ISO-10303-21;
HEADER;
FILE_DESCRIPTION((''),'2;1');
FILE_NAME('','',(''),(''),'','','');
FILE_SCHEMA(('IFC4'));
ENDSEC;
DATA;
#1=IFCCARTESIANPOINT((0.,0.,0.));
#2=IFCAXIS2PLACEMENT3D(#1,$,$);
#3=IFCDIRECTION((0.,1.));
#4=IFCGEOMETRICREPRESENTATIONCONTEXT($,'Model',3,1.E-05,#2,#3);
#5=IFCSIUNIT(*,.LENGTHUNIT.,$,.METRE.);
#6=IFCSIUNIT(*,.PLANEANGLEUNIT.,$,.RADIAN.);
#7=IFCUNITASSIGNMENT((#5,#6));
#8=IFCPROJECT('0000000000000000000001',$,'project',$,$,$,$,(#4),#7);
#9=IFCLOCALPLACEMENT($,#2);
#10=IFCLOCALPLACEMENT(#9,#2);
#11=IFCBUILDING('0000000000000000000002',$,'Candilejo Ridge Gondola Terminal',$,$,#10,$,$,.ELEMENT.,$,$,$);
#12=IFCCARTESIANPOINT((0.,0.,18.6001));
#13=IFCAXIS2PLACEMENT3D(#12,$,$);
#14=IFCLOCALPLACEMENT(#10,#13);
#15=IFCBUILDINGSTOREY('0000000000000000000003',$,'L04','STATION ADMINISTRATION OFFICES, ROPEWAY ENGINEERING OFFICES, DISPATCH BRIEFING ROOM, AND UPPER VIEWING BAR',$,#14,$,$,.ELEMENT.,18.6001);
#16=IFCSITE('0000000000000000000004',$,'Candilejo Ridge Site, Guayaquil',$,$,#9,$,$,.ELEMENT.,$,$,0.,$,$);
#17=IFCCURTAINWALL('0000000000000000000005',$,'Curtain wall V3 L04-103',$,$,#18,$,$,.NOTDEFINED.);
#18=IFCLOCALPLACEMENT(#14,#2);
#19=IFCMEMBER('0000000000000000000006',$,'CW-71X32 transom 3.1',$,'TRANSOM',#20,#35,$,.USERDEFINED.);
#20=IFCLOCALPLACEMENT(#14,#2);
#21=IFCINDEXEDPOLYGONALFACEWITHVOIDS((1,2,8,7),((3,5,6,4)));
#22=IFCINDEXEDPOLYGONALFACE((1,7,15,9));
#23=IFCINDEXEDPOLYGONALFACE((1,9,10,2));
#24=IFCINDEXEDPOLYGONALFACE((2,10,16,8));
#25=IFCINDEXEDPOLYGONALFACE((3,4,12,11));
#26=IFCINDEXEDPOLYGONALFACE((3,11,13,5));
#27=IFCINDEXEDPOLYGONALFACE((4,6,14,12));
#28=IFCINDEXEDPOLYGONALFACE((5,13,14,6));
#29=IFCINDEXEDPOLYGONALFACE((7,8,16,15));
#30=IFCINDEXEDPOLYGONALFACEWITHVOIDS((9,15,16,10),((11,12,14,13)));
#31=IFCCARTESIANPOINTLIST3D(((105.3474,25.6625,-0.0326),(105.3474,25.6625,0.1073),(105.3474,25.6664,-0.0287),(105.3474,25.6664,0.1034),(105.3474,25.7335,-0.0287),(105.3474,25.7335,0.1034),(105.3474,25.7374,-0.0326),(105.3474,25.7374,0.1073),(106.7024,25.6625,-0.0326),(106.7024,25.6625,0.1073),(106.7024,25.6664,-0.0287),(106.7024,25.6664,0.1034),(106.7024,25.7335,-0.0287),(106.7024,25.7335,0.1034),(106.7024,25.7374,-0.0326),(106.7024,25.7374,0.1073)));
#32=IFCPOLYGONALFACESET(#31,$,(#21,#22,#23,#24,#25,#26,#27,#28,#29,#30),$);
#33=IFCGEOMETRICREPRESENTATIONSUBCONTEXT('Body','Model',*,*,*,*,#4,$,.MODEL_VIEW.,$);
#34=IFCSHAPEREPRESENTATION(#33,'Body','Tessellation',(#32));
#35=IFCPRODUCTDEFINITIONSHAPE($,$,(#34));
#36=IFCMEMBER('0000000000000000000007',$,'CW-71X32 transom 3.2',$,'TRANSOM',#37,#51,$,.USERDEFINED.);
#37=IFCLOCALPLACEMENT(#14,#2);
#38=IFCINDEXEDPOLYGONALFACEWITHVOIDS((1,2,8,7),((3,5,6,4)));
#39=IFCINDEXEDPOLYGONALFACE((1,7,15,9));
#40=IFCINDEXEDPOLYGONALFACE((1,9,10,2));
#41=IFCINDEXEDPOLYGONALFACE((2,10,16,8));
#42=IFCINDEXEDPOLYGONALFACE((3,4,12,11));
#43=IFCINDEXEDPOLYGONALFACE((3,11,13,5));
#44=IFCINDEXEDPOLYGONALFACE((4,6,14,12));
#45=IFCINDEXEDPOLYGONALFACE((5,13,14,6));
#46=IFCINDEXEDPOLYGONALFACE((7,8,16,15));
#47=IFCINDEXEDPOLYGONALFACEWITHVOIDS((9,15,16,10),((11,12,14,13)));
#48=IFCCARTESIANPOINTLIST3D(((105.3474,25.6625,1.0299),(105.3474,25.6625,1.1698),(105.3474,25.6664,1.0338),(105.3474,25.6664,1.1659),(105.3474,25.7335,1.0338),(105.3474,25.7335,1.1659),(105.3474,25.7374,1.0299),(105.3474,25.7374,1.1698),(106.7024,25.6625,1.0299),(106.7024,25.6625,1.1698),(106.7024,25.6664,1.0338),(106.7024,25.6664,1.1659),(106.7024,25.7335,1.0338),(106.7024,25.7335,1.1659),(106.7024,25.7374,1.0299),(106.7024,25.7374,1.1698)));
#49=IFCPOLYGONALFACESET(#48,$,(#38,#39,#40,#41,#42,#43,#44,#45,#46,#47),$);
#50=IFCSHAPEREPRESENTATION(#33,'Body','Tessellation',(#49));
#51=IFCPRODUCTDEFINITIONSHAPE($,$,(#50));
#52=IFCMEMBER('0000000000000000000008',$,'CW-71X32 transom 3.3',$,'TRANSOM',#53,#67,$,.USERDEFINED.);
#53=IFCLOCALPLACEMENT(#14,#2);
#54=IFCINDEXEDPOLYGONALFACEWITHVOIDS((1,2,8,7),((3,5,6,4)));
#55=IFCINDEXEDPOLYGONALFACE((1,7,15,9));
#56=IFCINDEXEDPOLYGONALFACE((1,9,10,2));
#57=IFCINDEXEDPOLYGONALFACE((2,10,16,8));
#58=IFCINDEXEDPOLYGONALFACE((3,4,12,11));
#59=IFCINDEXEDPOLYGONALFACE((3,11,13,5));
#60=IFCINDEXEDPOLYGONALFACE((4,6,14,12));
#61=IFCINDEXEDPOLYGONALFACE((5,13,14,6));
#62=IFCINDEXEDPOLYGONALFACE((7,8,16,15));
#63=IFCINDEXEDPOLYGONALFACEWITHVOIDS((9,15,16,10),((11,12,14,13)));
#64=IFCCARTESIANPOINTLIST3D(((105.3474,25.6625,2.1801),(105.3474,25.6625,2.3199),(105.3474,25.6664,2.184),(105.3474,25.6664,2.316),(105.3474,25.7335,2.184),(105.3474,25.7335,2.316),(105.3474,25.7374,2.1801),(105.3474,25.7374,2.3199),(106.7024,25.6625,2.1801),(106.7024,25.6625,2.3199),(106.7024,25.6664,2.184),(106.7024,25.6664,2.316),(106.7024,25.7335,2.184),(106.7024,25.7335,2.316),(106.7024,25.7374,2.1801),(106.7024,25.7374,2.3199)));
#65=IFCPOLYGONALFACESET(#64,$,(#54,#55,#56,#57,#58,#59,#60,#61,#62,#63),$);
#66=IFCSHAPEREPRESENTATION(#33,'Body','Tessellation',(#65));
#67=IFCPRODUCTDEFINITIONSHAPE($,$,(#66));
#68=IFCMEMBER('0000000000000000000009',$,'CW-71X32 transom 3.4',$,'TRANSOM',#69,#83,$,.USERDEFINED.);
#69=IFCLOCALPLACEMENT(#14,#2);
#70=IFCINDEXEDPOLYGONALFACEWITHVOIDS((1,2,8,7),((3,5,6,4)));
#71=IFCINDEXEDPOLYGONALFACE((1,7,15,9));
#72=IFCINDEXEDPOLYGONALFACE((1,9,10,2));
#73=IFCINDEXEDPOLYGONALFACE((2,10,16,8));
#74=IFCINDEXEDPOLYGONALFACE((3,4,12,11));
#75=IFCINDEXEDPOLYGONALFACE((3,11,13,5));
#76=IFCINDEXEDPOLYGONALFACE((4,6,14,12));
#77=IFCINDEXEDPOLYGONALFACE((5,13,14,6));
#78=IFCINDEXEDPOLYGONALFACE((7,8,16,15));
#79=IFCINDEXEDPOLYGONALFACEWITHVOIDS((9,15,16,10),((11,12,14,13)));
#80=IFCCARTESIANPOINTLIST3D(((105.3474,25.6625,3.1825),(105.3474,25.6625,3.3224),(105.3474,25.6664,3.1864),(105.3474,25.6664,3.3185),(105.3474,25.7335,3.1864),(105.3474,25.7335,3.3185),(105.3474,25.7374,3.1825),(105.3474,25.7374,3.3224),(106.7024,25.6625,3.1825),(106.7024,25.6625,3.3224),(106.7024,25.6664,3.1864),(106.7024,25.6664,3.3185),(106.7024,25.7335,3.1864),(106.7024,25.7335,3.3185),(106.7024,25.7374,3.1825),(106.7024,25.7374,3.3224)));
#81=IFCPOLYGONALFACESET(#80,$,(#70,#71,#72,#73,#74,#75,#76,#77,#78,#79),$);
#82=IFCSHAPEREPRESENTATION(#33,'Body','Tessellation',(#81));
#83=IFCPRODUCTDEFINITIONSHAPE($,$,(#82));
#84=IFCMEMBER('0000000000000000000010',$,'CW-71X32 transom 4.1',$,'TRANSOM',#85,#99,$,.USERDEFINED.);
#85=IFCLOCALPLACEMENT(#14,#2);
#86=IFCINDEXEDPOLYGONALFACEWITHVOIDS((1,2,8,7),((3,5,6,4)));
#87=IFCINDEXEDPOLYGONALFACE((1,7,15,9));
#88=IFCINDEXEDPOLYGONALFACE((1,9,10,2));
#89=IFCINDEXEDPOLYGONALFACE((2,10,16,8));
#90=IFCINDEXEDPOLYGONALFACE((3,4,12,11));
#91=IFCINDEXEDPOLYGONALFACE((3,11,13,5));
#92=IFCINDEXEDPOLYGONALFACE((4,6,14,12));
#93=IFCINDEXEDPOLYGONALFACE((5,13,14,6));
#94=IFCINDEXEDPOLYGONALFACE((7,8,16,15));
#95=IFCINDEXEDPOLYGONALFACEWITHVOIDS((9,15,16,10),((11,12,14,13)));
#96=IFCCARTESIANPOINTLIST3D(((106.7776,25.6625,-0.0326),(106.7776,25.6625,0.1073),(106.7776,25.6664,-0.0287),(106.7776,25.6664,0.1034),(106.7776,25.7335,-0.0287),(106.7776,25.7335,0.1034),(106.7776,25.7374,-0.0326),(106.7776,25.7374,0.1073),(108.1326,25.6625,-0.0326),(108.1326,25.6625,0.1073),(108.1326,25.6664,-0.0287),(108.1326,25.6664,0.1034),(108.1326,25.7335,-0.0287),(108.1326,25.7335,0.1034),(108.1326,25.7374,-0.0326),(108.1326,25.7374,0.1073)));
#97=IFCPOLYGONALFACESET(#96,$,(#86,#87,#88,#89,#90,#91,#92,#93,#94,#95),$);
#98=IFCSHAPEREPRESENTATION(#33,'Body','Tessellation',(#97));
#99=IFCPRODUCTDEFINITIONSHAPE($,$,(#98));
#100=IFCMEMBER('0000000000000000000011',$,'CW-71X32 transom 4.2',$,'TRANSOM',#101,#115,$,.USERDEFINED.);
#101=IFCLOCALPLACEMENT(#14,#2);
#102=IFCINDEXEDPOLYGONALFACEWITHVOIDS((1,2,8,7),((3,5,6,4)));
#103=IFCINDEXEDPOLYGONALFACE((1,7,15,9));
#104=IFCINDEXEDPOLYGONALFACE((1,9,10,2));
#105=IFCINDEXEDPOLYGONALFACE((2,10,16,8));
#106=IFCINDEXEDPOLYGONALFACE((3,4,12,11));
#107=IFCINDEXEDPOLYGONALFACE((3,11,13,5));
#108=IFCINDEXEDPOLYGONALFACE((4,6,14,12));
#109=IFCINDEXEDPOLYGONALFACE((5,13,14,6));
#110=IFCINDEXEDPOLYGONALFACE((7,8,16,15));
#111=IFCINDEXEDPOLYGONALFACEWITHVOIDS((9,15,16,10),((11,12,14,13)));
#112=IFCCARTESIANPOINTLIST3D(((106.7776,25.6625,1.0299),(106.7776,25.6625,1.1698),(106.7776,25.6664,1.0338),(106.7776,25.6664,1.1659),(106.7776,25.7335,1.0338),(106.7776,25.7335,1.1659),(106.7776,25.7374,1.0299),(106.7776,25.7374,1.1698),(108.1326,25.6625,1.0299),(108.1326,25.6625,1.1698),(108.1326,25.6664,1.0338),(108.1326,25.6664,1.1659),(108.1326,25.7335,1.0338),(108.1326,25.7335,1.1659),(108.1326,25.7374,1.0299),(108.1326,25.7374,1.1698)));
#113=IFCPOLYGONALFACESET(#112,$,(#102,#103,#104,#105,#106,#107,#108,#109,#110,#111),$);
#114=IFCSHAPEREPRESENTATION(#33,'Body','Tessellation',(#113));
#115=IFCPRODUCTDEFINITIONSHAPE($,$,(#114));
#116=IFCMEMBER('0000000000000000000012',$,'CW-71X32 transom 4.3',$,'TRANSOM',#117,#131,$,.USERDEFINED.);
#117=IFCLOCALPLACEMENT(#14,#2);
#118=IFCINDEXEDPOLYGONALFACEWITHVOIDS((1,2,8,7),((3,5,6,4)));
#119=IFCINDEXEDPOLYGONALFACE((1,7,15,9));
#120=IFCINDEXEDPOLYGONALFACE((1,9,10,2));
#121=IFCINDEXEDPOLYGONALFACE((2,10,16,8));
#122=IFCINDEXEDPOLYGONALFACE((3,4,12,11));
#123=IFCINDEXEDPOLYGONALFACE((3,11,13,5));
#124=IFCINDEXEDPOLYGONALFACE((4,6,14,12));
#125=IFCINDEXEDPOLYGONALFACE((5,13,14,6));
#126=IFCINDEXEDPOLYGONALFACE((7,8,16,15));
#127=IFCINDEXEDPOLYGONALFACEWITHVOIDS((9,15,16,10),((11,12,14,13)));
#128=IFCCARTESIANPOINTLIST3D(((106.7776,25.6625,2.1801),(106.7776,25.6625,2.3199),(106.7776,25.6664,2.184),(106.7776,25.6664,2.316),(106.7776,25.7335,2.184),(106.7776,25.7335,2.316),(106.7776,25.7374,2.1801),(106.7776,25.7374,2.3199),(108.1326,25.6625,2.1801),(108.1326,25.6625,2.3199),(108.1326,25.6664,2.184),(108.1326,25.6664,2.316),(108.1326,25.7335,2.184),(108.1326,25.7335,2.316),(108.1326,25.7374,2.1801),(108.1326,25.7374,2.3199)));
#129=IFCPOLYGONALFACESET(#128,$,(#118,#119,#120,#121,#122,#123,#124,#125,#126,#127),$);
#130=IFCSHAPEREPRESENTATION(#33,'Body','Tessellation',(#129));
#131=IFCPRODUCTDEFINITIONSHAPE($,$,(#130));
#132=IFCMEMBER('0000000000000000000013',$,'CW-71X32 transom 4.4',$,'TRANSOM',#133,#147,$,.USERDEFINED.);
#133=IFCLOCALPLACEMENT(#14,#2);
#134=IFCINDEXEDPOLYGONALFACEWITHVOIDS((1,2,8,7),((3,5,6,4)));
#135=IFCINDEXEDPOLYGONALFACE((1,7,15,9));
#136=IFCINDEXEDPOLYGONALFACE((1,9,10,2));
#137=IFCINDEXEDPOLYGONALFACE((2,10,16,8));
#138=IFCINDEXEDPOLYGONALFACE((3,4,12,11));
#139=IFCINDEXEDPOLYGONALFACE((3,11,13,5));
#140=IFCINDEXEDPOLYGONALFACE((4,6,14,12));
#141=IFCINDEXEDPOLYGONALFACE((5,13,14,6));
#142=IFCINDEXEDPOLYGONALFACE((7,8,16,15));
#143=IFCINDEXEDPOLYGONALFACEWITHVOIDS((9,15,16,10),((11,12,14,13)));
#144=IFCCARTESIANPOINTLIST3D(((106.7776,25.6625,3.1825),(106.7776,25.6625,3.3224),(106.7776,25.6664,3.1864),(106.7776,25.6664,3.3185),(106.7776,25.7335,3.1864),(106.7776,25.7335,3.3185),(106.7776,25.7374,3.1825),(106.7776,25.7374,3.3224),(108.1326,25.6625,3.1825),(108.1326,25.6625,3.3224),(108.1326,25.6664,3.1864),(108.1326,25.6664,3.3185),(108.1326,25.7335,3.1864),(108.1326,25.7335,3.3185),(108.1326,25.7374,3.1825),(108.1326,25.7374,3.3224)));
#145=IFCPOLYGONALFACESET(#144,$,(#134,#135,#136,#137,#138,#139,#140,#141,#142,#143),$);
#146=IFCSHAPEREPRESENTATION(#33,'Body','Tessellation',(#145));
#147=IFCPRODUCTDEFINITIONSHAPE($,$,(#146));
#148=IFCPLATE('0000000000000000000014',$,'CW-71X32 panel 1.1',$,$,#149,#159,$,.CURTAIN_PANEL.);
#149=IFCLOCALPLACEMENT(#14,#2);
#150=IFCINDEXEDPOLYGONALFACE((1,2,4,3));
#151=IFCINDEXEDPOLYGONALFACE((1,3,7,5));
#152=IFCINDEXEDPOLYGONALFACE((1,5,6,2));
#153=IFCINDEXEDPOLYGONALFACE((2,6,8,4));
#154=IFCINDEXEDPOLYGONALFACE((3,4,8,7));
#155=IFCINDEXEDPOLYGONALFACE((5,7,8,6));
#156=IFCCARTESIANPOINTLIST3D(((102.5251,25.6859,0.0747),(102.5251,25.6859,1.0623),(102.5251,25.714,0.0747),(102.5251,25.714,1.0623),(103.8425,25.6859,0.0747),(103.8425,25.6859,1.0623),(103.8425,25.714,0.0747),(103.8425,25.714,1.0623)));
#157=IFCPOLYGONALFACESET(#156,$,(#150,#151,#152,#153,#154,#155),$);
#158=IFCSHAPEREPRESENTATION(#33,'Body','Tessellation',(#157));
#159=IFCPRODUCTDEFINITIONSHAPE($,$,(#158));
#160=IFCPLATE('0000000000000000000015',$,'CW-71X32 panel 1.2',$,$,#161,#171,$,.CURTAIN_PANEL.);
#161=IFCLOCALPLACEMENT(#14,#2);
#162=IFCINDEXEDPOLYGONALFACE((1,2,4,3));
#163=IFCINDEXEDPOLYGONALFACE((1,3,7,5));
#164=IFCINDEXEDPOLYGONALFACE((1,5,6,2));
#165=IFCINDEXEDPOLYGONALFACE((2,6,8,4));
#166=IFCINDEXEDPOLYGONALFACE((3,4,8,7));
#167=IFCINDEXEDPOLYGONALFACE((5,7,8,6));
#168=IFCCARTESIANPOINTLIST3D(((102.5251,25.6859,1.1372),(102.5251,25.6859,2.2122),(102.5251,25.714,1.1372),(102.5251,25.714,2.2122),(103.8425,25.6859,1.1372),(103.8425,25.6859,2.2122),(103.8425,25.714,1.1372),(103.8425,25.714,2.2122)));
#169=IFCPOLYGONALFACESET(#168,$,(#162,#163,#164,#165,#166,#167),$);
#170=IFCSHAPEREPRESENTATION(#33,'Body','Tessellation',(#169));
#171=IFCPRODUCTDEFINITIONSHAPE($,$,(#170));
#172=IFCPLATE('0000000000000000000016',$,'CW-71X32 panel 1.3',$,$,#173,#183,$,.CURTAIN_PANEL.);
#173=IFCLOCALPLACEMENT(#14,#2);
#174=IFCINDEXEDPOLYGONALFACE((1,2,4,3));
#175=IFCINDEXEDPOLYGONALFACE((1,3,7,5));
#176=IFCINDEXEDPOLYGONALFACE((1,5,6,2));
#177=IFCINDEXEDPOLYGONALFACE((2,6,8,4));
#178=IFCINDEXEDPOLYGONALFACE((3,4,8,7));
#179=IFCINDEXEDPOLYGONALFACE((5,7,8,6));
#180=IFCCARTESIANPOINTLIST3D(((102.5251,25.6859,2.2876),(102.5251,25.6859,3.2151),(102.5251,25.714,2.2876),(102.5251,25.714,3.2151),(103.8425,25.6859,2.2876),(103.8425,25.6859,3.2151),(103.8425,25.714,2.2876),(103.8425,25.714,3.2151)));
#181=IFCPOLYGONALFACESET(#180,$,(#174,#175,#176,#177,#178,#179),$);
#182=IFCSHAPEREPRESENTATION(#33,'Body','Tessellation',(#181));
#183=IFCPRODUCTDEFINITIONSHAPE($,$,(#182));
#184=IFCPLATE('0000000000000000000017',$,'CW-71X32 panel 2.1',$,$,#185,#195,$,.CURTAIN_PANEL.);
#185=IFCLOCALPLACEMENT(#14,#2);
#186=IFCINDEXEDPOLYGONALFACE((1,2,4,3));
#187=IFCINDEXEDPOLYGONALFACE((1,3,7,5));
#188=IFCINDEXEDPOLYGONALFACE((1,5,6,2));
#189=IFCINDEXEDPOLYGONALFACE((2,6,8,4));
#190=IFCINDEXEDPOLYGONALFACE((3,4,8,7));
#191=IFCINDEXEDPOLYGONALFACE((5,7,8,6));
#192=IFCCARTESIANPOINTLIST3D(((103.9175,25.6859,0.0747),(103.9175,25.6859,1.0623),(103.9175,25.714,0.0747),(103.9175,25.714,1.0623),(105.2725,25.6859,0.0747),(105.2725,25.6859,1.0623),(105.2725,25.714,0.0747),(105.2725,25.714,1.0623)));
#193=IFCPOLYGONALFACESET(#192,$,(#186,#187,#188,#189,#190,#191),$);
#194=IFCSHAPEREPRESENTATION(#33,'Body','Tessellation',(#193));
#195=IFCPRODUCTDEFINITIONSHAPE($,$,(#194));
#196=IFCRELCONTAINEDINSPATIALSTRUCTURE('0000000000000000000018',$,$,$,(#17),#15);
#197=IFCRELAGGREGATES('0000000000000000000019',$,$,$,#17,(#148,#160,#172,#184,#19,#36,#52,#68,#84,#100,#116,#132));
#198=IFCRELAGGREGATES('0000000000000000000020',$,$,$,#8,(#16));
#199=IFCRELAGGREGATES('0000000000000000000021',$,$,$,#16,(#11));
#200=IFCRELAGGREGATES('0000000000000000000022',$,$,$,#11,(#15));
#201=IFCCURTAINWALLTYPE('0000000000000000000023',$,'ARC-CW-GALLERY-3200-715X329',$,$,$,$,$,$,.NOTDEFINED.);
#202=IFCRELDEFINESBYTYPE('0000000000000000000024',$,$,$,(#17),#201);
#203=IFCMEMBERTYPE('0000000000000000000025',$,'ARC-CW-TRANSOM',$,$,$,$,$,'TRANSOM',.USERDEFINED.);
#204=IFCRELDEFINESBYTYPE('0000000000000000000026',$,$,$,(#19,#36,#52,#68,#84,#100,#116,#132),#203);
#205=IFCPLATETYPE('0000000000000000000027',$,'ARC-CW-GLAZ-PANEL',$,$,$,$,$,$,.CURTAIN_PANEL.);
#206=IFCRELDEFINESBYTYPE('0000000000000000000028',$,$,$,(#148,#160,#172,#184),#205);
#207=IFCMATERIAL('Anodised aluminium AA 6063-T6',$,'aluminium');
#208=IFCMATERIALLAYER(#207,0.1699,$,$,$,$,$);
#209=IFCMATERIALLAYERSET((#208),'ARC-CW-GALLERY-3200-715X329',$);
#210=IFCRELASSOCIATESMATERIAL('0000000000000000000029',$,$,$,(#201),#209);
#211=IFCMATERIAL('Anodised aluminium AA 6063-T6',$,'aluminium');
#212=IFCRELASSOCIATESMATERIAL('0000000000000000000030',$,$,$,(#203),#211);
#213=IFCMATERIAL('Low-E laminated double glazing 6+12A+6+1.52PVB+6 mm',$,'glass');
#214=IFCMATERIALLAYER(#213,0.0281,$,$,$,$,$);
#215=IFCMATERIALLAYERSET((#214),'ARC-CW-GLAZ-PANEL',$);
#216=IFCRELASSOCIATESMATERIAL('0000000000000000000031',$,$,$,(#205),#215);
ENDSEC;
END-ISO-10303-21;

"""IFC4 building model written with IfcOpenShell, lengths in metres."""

from ifc_helpers import new_model, si_unit, direction, frame, origin, origin_2d, place, context, subcontext, project, spatial, rectangle, hollow_rectangle, extrude, material, layer, layer_set, material_profile, profile_set, type_object, element, aggregate, save


model = new_model("IFC4")

# Units and contexts
model_context = context("Model", 3, precision=1e-05, world=origin(), true_north=direction((0.0, 1.0)))
body_context = subcontext(model_context, "Body", "Model", "MODEL_VIEW")
ifc_project = project(units=[si_unit("LENGTHUNIT", "METRE"), si_unit("PLANEANGLEUNIT", "RADIAN")], contexts=[model_context])

# Site, building, storey
site_placement = place(None, origin())
site = spatial("IfcSite", under=ifc_project, at=site_placement, Name="Candilejo Ridge Site, Guayaquil", CompositionType="ELEMENT", RefElevation=0.0)
building_placement = place(site_placement, origin())
building = spatial("IfcBuilding", under=site, at=building_placement, Name="Candilejo Ridge Gondola Terminal", CompositionType="ELEMENT")
storey_placement = place(building_placement, frame((0.0, 0.0, 18.6001)))
storey = spatial("IfcBuildingStorey", under=building, at=storey_placement, Name="L04", Description="STATION ADMINISTRATION OFFICES, ROPEWAY ENGINEERING OFFICES, DISPATCH BRIEFING ROOM, AND UPPER VIEWING BAR", CompositionType="ELEMENT", Elevation=18.6001)

# Curtain wall, members, plates
ifc_material_1 = material(Name="Anodised aluminium AA 6063-T6", Category="aluminium")
ifc_layer_1 = layer(ifc_material_1, 0.1699)
ifc_layer_set_1 = layer_set([ifc_layer_1], Name="ARC-CW-GALLERY-3200-715X329")
curtain_wall_type = type_object("IfcCurtainWallType", Name="ARC-CW-GALLERY-3200-715X329", PredefinedType="NOTDEFINED", material=ifc_layer_set_1)
curtain_wall_placement = place(storey_placement, origin())
curtain_wall = element("IfcCurtainWall", 1, at=curtain_wall_placement, inside=storey, type_object=curtain_wall_type, Name="Curtain wall V3 L04-103", PredefinedType="NOTDEFINED")
ifc_material_2 = material(Name="Anodised aluminium AA 6063-T6", Category="aluminium")
ifc_material_profile_1 = material_profile(ifc_material_2, hollow_rectangle(XDim=0.075, YDim=0.1399, WallThickness=0.0039, at=origin_2d()))
ifc_profile_set_1 = profile_set([ifc_material_profile_1], Name="Anodised aluminium AA 6063-T6")
member_type_1 = type_object("IfcMemberType", Name="ARC-CW-TRANSOM", ElementType="TRANSOM", PredefinedType="USERDEFINED", material=ifc_profile_set_1)
member_1_placement = place(storey_placement, frame((105.3474, 25.7, 0.0374), z_axis=(1.0, 0.0, 0.0), x_axis=(0.0, 1.0, 0.0)))
member_1 = element("IfcMember", 2, at=member_1_placement, type_object=member_type_1, Name="CW-71X32 transom 3.1", ObjectType="TRANSOM", PredefinedType="USERDEFINED", context=body_context, shape_type="SweptSolid", body=[
    extrude(hollow_rectangle(XDim=0.075, YDim=0.1399, WallThickness=0.0039, at=origin_2d()), origin(), (0.0, 0.0, 1.0), 1.355),
])
member_2_placement = place(storey_placement, frame((105.3474, 25.7, 1.0999), z_axis=(1.0, 0.0, 0.0), x_axis=(0.0, 1.0, 0.0)))
member_2 = element("IfcMember", 3, at=member_2_placement, type_object=member_type_1, Name="CW-71X32 transom 3.2", ObjectType="TRANSOM", PredefinedType="USERDEFINED", context=body_context, shape_type="SweptSolid", body=[
    extrude(hollow_rectangle(XDim=0.075, YDim=0.1399, WallThickness=0.0039, at=origin_2d()), origin(), (0.0, 0.0, 1.0), 1.355),
])
member_3_placement = place(storey_placement, frame((105.3474, 25.7, 2.25), z_axis=(1.0, 0.0, 0.0), x_axis=(0.0, 1.0, 0.0)))
member_3 = element("IfcMember", 4, at=member_3_placement, type_object=member_type_1, Name="CW-71X32 transom 3.3", ObjectType="TRANSOM", PredefinedType="USERDEFINED", context=body_context, shape_type="SweptSolid", body=[
    extrude(hollow_rectangle(XDim=0.075, YDim=0.1399, WallThickness=0.0039, at=origin_2d()), origin(), (0.0, 0.0, 1.0), 1.355),
])
member_4_placement = place(storey_placement, frame((105.3474, 25.7, 3.2524), z_axis=(1.0, 0.0, 0.0), x_axis=(0.0, 1.0, 0.0)))
member_4 = element("IfcMember", 5, at=member_4_placement, type_object=member_type_1, Name="CW-71X32 transom 3.4", ObjectType="TRANSOM", PredefinedType="USERDEFINED", context=body_context, shape_type="SweptSolid", body=[
    extrude(hollow_rectangle(XDim=0.075, YDim=0.1399, WallThickness=0.0039, at=origin_2d()), origin(), (0.0, 0.0, 1.0), 1.355),
])
member_5_placement = place(storey_placement, frame((106.7776, 25.7, 0.0374), z_axis=(1.0, 0.0, 0.0), x_axis=(0.0, 1.0, 0.0)))
member_5 = element("IfcMember", 6, at=member_5_placement, type_object=member_type_1, Name="CW-71X32 transom 4.1", ObjectType="TRANSOM", PredefinedType="USERDEFINED", context=body_context, shape_type="SweptSolid", body=[
    extrude(hollow_rectangle(XDim=0.075, YDim=0.1399, WallThickness=0.0039, at=origin_2d()), origin(), (0.0, 0.0, 1.0), 1.355),
])
member_6_placement = place(storey_placement, frame((106.7776, 25.7, 1.0999), z_axis=(1.0, 0.0, 0.0), x_axis=(0.0, 1.0, 0.0)))
member_6 = element("IfcMember", 7, at=member_6_placement, type_object=member_type_1, Name="CW-71X32 transom 4.2", ObjectType="TRANSOM", PredefinedType="USERDEFINED", context=body_context, shape_type="SweptSolid", body=[
    extrude(hollow_rectangle(XDim=0.075, YDim=0.1399, WallThickness=0.0039, at=origin_2d()), origin(), (0.0, 0.0, 1.0), 1.355),
])
member_7_placement = place(storey_placement, frame((106.7776, 25.7, 2.25), z_axis=(1.0, 0.0, 0.0), x_axis=(0.0, 1.0, 0.0)))
member_7 = element("IfcMember", 8, at=member_7_placement, type_object=member_type_1, Name="CW-71X32 transom 4.3", ObjectType="TRANSOM", PredefinedType="USERDEFINED", context=body_context, shape_type="SweptSolid", body=[
    extrude(hollow_rectangle(XDim=0.075, YDim=0.1399, WallThickness=0.0039, at=origin_2d()), origin(), (0.0, 0.0, 1.0), 1.355),
])
member_8_placement = place(storey_placement, frame((106.7776, 25.7, 3.2524), z_axis=(1.0, 0.0, 0.0), x_axis=(0.0, 1.0, 0.0)))
member_8 = element("IfcMember", 9, at=member_8_placement, type_object=member_type_1, Name="CW-71X32 transom 4.4", ObjectType="TRANSOM", PredefinedType="USERDEFINED", context=body_context, shape_type="SweptSolid", body=[
    extrude(hollow_rectangle(XDim=0.075, YDim=0.1399, WallThickness=0.0039, at=origin_2d()), origin(), (0.0, 0.0, 1.0), 1.355),
])
ifc_material_3 = material(Name="Low-E laminated double glazing 6+12A+6+1.52PVB+6 mm", Category="glass")
ifc_layer_2 = layer(ifc_material_3, 0.0281)
ifc_layer_set_2 = layer_set([ifc_layer_2], Name="ARC-CW-GLAZ-PANEL")
plate_type = type_object("IfcPlateType", Name="ARC-CW-GLAZ-PANEL", PredefinedType="CURTAIN_PANEL", material=ifc_layer_set_2)
plate_1_placement = place(storey_placement, frame((103.1838, 25.7, 0.0747), z_axis=(0.0, 0.0, 1.0), x_axis=(1.0, 0.0, 0.0)))
plate_1 = element("IfcPlate", 10, at=plate_1_placement, type_object=plate_type, Name="CW-71X32 panel 1.1", PredefinedType="CURTAIN_PANEL", context=body_context, shape_type="SweptSolid", body=[
    extrude(rectangle(XDim=1.3174, YDim=0.0281, at=origin_2d()), origin(), (0.0, 0.0, 1.0), 0.9875),
])
plate_2_placement = place(storey_placement, frame((103.1838, 25.7, 1.1372), z_axis=(0.0, 0.0, 1.0), x_axis=(1.0, 0.0, 0.0)))
plate_2 = element("IfcPlate", 11, at=plate_2_placement, type_object=plate_type, Name="CW-71X32 panel 1.2", PredefinedType="CURTAIN_PANEL", context=body_context, shape_type="SweptSolid", body=[
    extrude(rectangle(XDim=1.3174, YDim=0.0281, at=origin_2d()), origin(), (0.0, 0.0, 1.0), 1.075),
])
plate_3_placement = place(storey_placement, frame((103.1838, 25.7, 2.2876), z_axis=(0.0, 0.0, 1.0), x_axis=(1.0, 0.0, 0.0)))
plate_3 = element("IfcPlate", 12, at=plate_3_placement, type_object=plate_type, Name="CW-71X32 panel 1.3", PredefinedType="CURTAIN_PANEL", context=body_context, shape_type="SweptSolid", body=[
    extrude(rectangle(XDim=1.3174, YDim=0.0281, at=origin_2d()), origin(), (0.0, 0.0, 1.0), 0.9275),
])
plate_4_placement = place(storey_placement, frame((104.595, 25.7, 0.0747), z_axis=(0.0, 0.0, 1.0), x_axis=(1.0, 0.0, 0.0)))
plate_4 = element("IfcPlate", 13, at=plate_4_placement, type_object=plate_type, Name="CW-71X32 panel 2.1", PredefinedType="CURTAIN_PANEL", context=body_context, shape_type="SweptSolid", body=[
    extrude(rectangle(XDim=1.355, YDim=0.0281, at=origin_2d()), origin(), (0.0, 0.0, 1.0), 0.9875),
])
aggregate(curtain_wall, [plate_1, plate_2, plate_3, plate_4, member_1, member_2, member_3, member_4, member_5, member_6, member_7, member_8])

save(model, "model.ifc")
